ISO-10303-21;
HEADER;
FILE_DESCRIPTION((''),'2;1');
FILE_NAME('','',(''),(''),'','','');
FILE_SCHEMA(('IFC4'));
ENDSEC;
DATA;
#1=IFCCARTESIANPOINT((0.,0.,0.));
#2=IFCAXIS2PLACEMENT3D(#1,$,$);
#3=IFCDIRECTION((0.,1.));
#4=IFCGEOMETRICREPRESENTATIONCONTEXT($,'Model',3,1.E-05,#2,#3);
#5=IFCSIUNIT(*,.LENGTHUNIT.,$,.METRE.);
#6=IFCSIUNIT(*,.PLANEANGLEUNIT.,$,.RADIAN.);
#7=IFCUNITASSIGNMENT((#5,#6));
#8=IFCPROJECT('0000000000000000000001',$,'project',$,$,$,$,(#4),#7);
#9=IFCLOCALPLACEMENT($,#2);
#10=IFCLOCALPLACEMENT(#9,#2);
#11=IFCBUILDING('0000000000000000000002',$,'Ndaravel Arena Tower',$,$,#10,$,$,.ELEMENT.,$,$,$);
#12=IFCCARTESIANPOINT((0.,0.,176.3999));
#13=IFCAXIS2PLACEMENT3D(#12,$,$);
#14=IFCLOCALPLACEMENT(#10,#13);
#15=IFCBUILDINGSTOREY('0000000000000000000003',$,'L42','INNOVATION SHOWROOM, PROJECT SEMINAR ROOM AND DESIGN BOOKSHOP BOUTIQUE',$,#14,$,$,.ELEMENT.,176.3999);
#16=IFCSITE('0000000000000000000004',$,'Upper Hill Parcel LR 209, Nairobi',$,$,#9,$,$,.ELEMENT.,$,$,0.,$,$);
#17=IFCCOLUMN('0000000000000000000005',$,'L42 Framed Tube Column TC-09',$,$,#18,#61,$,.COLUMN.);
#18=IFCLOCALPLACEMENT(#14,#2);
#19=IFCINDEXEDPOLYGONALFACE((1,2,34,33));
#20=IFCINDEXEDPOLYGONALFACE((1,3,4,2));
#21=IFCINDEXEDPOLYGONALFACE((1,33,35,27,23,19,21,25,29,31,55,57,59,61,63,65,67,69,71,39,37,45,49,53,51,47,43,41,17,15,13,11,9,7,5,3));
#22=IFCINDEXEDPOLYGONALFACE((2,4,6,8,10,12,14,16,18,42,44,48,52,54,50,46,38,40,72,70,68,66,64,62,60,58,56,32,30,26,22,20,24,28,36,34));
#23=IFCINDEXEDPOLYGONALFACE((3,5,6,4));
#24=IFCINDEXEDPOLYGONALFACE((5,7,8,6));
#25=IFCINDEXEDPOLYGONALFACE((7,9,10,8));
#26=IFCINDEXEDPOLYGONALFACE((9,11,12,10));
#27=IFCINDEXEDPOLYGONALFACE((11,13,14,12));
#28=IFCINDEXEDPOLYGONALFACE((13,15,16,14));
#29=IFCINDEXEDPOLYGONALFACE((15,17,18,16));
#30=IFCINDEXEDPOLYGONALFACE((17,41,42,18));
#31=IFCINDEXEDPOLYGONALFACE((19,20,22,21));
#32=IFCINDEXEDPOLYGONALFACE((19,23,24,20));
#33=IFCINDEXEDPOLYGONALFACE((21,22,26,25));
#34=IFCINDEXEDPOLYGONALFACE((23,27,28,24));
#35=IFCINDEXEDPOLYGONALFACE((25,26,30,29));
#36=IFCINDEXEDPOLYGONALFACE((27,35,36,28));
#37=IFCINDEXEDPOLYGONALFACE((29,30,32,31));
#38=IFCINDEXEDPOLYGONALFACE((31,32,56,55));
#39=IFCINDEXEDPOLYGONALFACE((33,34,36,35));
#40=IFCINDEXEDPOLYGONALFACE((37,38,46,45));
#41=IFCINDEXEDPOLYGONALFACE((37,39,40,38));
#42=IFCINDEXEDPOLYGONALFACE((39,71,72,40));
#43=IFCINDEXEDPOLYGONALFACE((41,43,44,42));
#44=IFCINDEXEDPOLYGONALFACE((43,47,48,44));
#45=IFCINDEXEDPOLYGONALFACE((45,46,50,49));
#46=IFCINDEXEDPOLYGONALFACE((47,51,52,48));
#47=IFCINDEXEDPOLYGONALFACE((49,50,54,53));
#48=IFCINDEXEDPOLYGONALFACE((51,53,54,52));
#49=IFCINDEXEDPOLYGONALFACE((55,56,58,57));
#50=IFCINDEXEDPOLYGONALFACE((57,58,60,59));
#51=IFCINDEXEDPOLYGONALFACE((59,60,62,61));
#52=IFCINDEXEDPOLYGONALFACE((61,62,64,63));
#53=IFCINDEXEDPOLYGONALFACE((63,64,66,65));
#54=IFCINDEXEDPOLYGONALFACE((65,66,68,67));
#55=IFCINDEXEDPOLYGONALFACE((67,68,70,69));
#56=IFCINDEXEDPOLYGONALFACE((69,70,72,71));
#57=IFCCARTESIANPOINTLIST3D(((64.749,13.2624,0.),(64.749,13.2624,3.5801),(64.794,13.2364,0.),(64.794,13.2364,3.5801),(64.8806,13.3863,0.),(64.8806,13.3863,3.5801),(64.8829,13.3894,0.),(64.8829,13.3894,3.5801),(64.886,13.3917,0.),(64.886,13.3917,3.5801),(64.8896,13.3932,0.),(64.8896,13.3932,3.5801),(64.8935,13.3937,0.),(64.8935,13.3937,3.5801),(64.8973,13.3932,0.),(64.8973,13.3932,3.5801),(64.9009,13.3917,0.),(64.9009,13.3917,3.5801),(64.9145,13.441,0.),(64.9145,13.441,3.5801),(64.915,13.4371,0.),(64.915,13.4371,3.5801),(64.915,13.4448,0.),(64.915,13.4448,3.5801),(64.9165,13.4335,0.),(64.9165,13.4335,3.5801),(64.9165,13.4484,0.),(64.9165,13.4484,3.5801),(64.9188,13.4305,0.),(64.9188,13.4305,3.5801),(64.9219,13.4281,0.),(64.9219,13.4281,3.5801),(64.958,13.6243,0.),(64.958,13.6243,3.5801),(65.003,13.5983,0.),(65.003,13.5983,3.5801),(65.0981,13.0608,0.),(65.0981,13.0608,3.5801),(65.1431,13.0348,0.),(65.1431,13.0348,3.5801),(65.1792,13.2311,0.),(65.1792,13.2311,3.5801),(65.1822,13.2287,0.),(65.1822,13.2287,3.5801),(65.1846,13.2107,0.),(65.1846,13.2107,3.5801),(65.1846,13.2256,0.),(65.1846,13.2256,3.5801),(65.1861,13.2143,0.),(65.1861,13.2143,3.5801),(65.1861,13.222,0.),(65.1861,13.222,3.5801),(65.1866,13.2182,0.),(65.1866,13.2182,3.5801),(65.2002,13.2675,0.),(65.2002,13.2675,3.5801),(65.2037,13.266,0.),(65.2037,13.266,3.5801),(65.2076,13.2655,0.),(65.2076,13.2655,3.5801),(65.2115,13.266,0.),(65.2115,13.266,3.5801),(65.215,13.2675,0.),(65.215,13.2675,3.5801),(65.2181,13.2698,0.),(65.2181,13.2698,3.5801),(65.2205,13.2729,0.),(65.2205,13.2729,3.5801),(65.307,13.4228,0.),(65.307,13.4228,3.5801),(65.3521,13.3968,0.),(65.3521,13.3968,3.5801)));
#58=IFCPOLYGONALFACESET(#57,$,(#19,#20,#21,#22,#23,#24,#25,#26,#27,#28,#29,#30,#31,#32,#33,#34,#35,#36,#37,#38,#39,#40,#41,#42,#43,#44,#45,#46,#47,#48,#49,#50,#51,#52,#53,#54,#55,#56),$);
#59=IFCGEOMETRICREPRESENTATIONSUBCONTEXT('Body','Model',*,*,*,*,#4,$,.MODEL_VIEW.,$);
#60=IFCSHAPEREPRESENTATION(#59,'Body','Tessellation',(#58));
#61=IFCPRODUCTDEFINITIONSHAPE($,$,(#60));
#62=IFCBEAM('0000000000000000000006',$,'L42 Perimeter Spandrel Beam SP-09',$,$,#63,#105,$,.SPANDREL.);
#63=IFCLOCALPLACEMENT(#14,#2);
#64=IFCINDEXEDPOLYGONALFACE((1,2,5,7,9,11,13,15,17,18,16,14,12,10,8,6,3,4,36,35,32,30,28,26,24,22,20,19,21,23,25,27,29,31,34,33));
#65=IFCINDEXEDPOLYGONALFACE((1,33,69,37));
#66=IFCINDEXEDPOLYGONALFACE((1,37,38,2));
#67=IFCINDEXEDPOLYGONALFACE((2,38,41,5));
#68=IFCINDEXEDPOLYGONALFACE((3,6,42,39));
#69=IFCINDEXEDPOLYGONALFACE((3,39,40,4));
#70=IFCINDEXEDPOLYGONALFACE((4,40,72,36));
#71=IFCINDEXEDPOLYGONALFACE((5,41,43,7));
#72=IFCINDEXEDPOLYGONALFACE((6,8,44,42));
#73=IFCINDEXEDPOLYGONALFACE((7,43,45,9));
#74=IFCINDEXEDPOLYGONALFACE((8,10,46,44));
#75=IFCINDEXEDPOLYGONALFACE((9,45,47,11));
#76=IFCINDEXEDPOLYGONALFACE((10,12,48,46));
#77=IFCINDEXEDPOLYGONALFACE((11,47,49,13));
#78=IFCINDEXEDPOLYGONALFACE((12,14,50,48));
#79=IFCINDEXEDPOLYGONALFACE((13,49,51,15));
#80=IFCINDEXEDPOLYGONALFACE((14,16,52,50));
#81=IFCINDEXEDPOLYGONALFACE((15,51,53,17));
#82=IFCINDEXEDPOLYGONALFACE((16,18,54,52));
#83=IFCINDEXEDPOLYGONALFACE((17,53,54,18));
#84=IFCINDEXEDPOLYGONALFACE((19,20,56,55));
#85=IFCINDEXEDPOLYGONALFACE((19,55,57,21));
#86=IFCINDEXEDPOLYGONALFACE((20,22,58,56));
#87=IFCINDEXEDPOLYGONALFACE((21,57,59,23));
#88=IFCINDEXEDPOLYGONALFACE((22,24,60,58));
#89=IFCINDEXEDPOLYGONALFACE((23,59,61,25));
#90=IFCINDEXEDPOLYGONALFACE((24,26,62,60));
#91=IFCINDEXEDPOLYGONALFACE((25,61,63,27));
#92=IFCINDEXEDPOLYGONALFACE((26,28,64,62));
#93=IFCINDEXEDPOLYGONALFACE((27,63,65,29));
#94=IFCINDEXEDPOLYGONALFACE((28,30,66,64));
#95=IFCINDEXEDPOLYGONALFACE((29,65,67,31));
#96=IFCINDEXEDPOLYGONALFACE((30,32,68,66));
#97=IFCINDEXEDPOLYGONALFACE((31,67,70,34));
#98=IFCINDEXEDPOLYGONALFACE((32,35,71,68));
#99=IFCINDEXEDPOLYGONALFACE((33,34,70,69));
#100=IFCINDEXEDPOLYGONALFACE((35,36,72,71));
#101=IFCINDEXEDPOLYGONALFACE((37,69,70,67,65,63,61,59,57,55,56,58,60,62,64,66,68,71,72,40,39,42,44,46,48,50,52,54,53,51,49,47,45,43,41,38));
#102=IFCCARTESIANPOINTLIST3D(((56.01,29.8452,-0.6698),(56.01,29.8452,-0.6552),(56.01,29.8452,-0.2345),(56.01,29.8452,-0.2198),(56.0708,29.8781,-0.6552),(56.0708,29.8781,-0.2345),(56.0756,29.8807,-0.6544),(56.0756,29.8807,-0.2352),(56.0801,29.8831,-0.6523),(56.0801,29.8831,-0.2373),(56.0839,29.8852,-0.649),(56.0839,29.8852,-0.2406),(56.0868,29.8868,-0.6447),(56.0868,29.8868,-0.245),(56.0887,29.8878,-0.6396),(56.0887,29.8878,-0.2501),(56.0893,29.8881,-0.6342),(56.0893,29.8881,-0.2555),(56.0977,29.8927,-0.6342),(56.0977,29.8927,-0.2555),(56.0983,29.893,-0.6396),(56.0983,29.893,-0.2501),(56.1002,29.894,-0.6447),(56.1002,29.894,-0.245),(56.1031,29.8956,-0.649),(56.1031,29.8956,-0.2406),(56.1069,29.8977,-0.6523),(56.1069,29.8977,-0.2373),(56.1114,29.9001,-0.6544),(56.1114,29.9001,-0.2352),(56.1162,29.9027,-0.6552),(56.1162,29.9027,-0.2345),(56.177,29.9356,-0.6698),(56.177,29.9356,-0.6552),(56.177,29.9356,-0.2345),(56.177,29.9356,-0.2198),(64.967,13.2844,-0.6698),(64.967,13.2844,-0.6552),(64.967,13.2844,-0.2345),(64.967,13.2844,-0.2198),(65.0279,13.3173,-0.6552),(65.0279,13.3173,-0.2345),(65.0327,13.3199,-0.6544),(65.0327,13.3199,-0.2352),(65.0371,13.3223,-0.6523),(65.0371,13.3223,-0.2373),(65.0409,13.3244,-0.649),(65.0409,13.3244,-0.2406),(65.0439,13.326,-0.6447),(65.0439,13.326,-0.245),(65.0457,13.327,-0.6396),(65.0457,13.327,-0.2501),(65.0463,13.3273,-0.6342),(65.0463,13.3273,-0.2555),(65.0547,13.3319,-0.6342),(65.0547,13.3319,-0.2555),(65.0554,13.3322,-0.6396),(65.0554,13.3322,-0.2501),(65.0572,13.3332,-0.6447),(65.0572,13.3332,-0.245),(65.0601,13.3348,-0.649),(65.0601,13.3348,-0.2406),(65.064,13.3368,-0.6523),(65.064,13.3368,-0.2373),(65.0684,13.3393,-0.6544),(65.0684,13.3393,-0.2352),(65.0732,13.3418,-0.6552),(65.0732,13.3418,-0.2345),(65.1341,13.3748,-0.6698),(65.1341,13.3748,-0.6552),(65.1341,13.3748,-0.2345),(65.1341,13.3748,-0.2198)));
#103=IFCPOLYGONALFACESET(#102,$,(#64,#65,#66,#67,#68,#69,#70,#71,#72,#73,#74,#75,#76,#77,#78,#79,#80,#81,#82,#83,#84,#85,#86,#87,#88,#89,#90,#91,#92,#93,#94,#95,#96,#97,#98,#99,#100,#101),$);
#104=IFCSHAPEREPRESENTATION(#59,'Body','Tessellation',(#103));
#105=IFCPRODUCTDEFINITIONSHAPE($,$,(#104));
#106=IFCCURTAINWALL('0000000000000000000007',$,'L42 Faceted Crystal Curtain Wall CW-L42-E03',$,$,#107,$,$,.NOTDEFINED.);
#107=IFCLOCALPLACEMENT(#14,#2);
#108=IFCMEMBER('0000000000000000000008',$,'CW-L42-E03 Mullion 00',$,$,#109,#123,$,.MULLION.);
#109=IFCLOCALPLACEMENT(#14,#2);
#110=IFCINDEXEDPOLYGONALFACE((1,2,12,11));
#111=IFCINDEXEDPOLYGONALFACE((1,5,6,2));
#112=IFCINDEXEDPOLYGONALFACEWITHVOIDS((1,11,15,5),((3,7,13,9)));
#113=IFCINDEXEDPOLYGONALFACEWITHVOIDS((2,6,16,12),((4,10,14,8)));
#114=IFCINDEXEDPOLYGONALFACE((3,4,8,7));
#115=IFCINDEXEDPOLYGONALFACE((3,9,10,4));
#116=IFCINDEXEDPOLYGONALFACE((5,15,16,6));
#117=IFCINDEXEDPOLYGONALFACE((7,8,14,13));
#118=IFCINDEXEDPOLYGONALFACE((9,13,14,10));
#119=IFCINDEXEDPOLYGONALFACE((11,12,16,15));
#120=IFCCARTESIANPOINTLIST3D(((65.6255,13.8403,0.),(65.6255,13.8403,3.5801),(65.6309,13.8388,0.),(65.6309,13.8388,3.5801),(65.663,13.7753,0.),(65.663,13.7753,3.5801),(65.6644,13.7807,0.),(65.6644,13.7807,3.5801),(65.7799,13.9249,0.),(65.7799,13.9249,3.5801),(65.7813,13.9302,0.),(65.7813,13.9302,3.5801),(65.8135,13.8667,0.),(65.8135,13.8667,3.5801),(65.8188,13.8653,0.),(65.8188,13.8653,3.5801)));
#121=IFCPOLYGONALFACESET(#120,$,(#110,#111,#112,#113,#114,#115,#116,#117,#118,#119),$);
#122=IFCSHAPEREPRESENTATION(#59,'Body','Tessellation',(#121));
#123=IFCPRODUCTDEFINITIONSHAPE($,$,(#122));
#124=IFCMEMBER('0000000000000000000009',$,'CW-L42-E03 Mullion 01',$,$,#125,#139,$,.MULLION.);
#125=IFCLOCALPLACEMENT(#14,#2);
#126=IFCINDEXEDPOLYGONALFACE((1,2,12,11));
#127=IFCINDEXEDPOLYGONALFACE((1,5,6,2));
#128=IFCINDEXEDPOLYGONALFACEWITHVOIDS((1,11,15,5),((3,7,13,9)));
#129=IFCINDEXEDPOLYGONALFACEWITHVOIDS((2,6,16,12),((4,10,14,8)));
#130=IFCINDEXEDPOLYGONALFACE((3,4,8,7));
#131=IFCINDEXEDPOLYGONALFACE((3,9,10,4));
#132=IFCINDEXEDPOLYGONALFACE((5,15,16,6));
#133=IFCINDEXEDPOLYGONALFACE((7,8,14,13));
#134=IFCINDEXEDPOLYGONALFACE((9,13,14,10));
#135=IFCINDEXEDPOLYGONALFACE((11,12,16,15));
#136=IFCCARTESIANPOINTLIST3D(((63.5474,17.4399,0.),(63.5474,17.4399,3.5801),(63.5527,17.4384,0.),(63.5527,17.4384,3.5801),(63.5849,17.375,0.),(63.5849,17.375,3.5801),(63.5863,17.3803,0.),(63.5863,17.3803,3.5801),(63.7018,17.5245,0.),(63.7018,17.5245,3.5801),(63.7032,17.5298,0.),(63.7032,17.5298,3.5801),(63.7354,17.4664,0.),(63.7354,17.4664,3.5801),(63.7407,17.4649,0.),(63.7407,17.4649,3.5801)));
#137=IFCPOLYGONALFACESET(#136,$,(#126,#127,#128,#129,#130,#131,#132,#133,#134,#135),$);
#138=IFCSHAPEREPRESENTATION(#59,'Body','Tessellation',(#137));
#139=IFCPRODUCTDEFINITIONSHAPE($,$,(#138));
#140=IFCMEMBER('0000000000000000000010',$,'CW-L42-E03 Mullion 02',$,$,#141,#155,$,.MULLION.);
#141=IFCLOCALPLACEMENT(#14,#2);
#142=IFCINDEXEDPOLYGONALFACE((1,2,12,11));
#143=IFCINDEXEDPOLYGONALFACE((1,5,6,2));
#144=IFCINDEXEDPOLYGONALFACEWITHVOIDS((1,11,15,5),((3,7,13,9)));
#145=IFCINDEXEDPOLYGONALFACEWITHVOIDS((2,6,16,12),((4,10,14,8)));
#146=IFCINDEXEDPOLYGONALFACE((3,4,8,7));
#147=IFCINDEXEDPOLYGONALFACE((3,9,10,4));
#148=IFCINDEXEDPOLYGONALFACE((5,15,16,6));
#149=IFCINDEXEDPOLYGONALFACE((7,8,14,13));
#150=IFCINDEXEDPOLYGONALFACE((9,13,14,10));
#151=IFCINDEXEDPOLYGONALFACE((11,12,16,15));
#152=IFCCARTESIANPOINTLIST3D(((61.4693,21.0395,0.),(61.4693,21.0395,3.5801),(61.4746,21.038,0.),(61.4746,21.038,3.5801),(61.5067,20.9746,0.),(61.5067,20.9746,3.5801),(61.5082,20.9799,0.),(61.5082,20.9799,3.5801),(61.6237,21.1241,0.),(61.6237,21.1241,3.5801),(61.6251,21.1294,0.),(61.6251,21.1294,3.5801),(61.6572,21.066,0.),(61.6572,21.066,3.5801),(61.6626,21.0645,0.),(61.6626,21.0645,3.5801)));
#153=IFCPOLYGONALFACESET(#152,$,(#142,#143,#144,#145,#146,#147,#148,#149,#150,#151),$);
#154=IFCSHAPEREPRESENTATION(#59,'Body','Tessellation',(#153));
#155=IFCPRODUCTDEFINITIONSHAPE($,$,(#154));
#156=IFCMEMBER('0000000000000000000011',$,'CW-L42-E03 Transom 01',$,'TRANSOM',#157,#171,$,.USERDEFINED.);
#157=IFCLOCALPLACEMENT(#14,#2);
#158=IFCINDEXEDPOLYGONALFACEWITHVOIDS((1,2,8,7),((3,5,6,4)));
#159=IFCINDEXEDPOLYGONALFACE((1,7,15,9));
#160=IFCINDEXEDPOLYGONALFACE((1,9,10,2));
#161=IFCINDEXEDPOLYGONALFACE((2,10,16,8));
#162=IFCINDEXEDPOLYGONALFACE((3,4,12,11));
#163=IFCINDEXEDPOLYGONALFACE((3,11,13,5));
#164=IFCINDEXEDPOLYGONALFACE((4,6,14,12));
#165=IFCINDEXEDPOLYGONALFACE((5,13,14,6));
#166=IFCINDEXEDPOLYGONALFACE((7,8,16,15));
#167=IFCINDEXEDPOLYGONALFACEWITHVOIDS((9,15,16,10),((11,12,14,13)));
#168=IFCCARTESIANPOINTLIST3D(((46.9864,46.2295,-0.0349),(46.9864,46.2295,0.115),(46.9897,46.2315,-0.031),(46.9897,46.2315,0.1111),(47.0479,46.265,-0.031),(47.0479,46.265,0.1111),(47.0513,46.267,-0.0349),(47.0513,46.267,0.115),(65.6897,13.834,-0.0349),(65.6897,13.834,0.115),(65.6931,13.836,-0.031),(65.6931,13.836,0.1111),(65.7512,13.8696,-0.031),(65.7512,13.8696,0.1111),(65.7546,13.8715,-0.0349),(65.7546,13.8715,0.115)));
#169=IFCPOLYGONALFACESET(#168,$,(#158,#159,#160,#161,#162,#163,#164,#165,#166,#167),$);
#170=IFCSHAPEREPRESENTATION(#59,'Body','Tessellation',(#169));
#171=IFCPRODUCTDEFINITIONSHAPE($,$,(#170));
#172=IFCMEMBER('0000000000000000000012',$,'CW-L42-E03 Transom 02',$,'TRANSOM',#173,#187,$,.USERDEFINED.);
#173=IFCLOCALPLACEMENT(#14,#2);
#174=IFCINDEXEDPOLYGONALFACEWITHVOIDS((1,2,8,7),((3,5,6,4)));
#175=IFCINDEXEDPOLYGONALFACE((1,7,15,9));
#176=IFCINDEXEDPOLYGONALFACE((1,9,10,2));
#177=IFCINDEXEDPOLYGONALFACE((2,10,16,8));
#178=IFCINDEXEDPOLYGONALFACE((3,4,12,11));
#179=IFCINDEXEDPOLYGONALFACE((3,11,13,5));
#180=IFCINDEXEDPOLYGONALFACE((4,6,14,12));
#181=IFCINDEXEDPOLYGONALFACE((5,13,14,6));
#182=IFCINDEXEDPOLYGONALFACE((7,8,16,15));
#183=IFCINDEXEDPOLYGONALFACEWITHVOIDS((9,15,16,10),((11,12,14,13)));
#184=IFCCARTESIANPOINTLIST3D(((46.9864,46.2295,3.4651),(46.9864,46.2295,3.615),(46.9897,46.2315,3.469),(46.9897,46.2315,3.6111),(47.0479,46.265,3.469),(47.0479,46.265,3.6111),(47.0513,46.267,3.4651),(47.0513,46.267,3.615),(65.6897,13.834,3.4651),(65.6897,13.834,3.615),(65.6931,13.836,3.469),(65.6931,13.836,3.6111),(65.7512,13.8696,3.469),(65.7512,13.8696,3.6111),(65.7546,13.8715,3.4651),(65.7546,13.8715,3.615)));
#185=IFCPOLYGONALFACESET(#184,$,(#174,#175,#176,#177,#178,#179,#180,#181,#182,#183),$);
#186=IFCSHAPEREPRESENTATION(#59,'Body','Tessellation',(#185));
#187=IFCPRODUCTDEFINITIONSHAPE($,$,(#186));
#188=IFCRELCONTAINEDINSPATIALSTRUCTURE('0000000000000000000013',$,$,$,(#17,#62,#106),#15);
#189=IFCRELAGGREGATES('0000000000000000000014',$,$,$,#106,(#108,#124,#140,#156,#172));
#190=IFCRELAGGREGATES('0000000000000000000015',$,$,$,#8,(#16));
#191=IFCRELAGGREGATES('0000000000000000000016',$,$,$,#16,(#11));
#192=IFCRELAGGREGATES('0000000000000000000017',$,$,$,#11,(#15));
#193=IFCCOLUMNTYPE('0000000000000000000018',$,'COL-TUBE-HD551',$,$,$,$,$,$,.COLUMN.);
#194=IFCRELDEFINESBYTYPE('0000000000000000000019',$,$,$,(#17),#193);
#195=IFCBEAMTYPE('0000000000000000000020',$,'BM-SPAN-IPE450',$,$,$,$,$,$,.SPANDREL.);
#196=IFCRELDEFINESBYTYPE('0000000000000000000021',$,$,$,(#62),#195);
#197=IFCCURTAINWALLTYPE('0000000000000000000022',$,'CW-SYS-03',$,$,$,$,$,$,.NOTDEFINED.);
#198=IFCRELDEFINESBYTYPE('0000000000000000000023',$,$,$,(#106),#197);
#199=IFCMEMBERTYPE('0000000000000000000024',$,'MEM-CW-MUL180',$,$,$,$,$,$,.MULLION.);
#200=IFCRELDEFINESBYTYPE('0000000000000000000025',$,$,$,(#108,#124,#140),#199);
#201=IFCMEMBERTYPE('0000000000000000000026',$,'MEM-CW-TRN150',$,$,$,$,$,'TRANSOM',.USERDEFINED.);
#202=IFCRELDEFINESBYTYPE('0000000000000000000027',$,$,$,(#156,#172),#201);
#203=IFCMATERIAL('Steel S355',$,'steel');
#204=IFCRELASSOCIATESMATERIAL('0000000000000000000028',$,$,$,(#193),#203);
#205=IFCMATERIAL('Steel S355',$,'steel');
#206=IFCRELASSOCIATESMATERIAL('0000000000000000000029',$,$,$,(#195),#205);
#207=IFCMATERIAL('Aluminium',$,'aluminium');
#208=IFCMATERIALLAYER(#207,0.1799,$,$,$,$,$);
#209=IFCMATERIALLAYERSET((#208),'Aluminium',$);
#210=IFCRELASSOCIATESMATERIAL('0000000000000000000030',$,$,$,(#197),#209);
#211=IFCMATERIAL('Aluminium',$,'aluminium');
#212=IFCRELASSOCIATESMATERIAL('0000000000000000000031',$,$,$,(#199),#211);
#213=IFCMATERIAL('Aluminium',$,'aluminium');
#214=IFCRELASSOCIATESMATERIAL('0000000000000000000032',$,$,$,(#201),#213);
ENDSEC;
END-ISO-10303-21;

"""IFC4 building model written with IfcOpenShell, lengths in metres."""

from ifc_helpers import new_model, si_unit, direction, frame, origin, origin_2d, place, context, subcontext, project, spatial, hollow_rectangle, i_section, extrude, material, layer, layer_set, material_profile, profile_set, type_object, element, aggregate, save


model = new_model("IFC4")

# Units and contexts
model_context = context("Model", 3, precision=1e-05, world=origin(), true_north=direction((0.0, 1.0)))
body_context = subcontext(model_context, "Body", "Model", "MODEL_VIEW")
ifc_project = project(units=[si_unit("LENGTHUNIT", "METRE"), si_unit("PLANEANGLEUNIT", "RADIAN")], contexts=[model_context])

# Site, building, storey
site_placement = place(None, origin())
site = spatial("IfcSite", under=ifc_project, at=site_placement, Name="Upper Hill Parcel LR 209, Nairobi", CompositionType="ELEMENT", RefElevation=0.0)
building_placement = place(site_placement, origin())
building = spatial("IfcBuilding", under=site, at=building_placement, Name="Ndaravel Arena Tower", CompositionType="ELEMENT")
storey_placement = place(building_placement, frame((0.0, 0.0, 176.3999)))
storey = spatial("IfcBuildingStorey", under=building, at=storey_placement, Name="L42", Description="INNOVATION SHOWROOM, PROJECT SEMINAR ROOM AND DESIGN BOOKSHOP BOUTIQUE", CompositionType="ELEMENT", Elevation=176.3999)

# Column
ifc_material_1 = material(Name="Steel S355", Category="steel")
ifc_material_profile_1 = material_profile(ifc_material_1, i_section(OverallWidth=0.418, OverallDepth=0.4551, WebThickness=0.042, FlangeThickness=0.052, FilletRadius=0.0149, at=origin_2d()), Name="HD 400x551")
ifc_profile_set_1 = profile_set([ifc_material_profile_1], Name="Steel S355")
column_type = type_object("IfcColumnType", Name="COL-TUBE-HD551", PredefinedType="COLUMN", material=ifc_profile_set_1)
column_placement = place(storey_placement, frame((65.0505, 13.3296, 0.0), z_axis=(0.0, 0.0, 1.0), x_axis=(0.5, 0.866025, 0.0)))
element("IfcColumn", 1, at=column_placement, inside=storey, type_object=column_type, Name="L42 Framed Tube Column TC-09", PredefinedType="COLUMN", context=body_context, shape_type="SweptSolid", body=[
    extrude(i_section(OverallWidth=0.418, OverallDepth=0.4551, WebThickness=0.042, FlangeThickness=0.052, FilletRadius=0.0149, at=origin_2d()), origin(), (0.0, 0.0, 1.0), 3.5801),
])

# Beam
ifc_material_2 = material(Name="Steel S355", Category="steel")
ifc_material_profile_2 = material_profile(ifc_material_2, i_section(OverallWidth=0.1899, OverallDepth=0.45, WebThickness=0.0095, FlangeThickness=0.0146, FilletRadius=0.021, at=origin_2d()), Name="IPE 450")
ifc_profile_set_2 = profile_set([ifc_material_profile_2], Name="Steel S355")
beam_type = type_object("IfcBeamType", Name="BM-SPAN-IPE450", PredefinedType="SPANDREL", material=ifc_profile_set_2)
beam_placement = place(storey_placement, frame((65.0505, 13.3296, -0.4448), z_axis=(-0.475733, 0.87959, 0.0), x_axis=(-0.87959, -0.475733, 0.0)))
element("IfcBeam", 2, at=beam_placement, inside=storey, type_object=beam_type, Name="L42 Perimeter Spandrel Beam SP-09", PredefinedType="SPANDREL", context=body_context, shape_type="SweptSolid", body=[
    extrude(i_section(OverallWidth=0.1899, OverallDepth=0.45, WebThickness=0.0095, FlangeThickness=0.0146, FilletRadius=0.021, at=origin_2d()), origin(), (0.0, 0.0, 1.0), 18.8279),
])

# Curtain wall, members
ifc_material_3 = material(Name="Aluminium", Category="aluminium")
ifc_layer_1 = layer(ifc_material_3, 0.1799)
ifc_layer_set_1 = layer_set([ifc_layer_1], Name="Aluminium")
curtain_wall_type = type_object("IfcCurtainWallType", Name="CW-SYS-03", PredefinedType="NOTDEFINED", material=ifc_layer_set_1)
curtain_wall_placement = place(storey_placement, origin())
curtain_wall = element("IfcCurtainWall", 3, at=curtain_wall_placement, inside=storey, type_object=curtain_wall_type, Name="L42 Faceted Crystal Curtain Wall CW-L42-E03", PredefinedType="NOTDEFINED")
ifc_material_4 = material(Name="Aluminium", Category="aluminium")
ifc_material_profile_3 = material_profile(ifc_material_4, hollow_rectangle(XDim=0.075, YDim=0.1799, WallThickness=0.0039, at=origin_2d()), Name="CW MULLION 75x180x4")
ifc_profile_set_3 = profile_set([ifc_material_profile_3], Name="Aluminium")
member_type_1 = type_object("IfcMemberType", Name="MEM-CW-MUL180", PredefinedType="MULLION", material=ifc_profile_set_3)
member_1_placement = place(storey_placement, frame((65.7222, 13.8528, 0.0), z_axis=(0.0, 0.0, 1.0), x_axis=(-0.5, 0.866025, 0.0)))
member_1 = element("IfcMember", 4, at=member_1_placement, type_object=member_type_1, Name="CW-L42-E03 Mullion 00", PredefinedType="MULLION", context=body_context, shape_type="SweptSolid", body=[
    extrude(hollow_rectangle(XDim=0.075, YDim=0.1799, WallThickness=0.0039, at=origin_2d()), origin(), (0.0, 0.0, 1.0), 3.5801),
])
member_2_placement = place(storey_placement, frame((63.644, 17.4524, 0.0), z_axis=(0.0, 0.0, 1.0), x_axis=(-0.5, 0.866025, 0.0)))
member_2 = element("IfcMember", 5, at=member_2_placement, type_object=member_type_1, Name="CW-L42-E03 Mullion 01", PredefinedType="MULLION", context=body_context, shape_type="SweptSolid", body=[
    extrude(hollow_rectangle(XDim=0.075, YDim=0.1799, WallThickness=0.0039, at=origin_2d()), origin(), (0.0, 0.0, 1.0), 3.5801),
])
member_3_placement = place(storey_placement, frame((61.5659, 21.052, 0.0), z_axis=(0.0, 0.0, 1.0), x_axis=(-0.5, 0.866025, 0.0)))
member_3 = element("IfcMember", 6, at=member_3_placement, type_object=member_type_1, Name="CW-L42-E03 Mullion 02", PredefinedType="MULLION", context=body_context, shape_type="SweptSolid", body=[
    extrude(hollow_rectangle(XDim=0.075, YDim=0.1799, WallThickness=0.0039, at=origin_2d()), origin(), (0.0, 0.0, 1.0), 3.5801),
])
ifc_material_5 = material(Name="Aluminium", Category="aluminium")
ifc_material_profile_4 = material_profile(ifc_material_5, hollow_rectangle(XDim=0.075, YDim=0.1499, WallThickness=0.0039, at=origin_2d()), Name="CW TRANSOM 75x150x4")
ifc_profile_set_4 = profile_set([ifc_material_profile_4], Name="Aluminium")
member_type_2 = type_object("IfcMemberType", Name="MEM-CW-TRN150", ElementType="TRANSOM", PredefinedType="USERDEFINED", material=ifc_profile_set_4)
member_4_placement = place(storey_placement, frame((65.7222, 13.8528, 0.04), z_axis=(-0.499996, 0.866028, 0.0), x_axis=(-0.866028, -0.499996, 0.0)))
member_4 = element("IfcMember", 7, at=member_4_placement, type_object=member_type_2, Name="CW-L42-E03 Transom 01", ObjectType="TRANSOM", PredefinedType="USERDEFINED", context=body_context, shape_type="SweptSolid", body=[
    extrude(hollow_rectangle(XDim=0.075, YDim=0.1499, WallThickness=0.0039, at=origin_2d()), origin(), (0.0, 0.0, 1.0), 37.407),
])
member_5_placement = place(storey_placement, frame((65.7222, 13.8528, 3.54), z_axis=(-0.499996, 0.866028, 0.0), x_axis=(-0.866028, -0.499996, 0.0)))
member_5 = element("IfcMember", 8, at=member_5_placement, type_object=member_type_2, Name="CW-L42-E03 Transom 02", ObjectType="TRANSOM", PredefinedType="USERDEFINED", context=body_context, shape_type="SweptSolid", body=[
    extrude(hollow_rectangle(XDim=0.075, YDim=0.1499, WallThickness=0.0039, at=origin_2d()), origin(), (0.0, 0.0, 1.0), 37.407),
])
aggregate(curtain_wall, [member_1, member_2, member_3, member_4, member_5])

save(model, "model.ifc")
